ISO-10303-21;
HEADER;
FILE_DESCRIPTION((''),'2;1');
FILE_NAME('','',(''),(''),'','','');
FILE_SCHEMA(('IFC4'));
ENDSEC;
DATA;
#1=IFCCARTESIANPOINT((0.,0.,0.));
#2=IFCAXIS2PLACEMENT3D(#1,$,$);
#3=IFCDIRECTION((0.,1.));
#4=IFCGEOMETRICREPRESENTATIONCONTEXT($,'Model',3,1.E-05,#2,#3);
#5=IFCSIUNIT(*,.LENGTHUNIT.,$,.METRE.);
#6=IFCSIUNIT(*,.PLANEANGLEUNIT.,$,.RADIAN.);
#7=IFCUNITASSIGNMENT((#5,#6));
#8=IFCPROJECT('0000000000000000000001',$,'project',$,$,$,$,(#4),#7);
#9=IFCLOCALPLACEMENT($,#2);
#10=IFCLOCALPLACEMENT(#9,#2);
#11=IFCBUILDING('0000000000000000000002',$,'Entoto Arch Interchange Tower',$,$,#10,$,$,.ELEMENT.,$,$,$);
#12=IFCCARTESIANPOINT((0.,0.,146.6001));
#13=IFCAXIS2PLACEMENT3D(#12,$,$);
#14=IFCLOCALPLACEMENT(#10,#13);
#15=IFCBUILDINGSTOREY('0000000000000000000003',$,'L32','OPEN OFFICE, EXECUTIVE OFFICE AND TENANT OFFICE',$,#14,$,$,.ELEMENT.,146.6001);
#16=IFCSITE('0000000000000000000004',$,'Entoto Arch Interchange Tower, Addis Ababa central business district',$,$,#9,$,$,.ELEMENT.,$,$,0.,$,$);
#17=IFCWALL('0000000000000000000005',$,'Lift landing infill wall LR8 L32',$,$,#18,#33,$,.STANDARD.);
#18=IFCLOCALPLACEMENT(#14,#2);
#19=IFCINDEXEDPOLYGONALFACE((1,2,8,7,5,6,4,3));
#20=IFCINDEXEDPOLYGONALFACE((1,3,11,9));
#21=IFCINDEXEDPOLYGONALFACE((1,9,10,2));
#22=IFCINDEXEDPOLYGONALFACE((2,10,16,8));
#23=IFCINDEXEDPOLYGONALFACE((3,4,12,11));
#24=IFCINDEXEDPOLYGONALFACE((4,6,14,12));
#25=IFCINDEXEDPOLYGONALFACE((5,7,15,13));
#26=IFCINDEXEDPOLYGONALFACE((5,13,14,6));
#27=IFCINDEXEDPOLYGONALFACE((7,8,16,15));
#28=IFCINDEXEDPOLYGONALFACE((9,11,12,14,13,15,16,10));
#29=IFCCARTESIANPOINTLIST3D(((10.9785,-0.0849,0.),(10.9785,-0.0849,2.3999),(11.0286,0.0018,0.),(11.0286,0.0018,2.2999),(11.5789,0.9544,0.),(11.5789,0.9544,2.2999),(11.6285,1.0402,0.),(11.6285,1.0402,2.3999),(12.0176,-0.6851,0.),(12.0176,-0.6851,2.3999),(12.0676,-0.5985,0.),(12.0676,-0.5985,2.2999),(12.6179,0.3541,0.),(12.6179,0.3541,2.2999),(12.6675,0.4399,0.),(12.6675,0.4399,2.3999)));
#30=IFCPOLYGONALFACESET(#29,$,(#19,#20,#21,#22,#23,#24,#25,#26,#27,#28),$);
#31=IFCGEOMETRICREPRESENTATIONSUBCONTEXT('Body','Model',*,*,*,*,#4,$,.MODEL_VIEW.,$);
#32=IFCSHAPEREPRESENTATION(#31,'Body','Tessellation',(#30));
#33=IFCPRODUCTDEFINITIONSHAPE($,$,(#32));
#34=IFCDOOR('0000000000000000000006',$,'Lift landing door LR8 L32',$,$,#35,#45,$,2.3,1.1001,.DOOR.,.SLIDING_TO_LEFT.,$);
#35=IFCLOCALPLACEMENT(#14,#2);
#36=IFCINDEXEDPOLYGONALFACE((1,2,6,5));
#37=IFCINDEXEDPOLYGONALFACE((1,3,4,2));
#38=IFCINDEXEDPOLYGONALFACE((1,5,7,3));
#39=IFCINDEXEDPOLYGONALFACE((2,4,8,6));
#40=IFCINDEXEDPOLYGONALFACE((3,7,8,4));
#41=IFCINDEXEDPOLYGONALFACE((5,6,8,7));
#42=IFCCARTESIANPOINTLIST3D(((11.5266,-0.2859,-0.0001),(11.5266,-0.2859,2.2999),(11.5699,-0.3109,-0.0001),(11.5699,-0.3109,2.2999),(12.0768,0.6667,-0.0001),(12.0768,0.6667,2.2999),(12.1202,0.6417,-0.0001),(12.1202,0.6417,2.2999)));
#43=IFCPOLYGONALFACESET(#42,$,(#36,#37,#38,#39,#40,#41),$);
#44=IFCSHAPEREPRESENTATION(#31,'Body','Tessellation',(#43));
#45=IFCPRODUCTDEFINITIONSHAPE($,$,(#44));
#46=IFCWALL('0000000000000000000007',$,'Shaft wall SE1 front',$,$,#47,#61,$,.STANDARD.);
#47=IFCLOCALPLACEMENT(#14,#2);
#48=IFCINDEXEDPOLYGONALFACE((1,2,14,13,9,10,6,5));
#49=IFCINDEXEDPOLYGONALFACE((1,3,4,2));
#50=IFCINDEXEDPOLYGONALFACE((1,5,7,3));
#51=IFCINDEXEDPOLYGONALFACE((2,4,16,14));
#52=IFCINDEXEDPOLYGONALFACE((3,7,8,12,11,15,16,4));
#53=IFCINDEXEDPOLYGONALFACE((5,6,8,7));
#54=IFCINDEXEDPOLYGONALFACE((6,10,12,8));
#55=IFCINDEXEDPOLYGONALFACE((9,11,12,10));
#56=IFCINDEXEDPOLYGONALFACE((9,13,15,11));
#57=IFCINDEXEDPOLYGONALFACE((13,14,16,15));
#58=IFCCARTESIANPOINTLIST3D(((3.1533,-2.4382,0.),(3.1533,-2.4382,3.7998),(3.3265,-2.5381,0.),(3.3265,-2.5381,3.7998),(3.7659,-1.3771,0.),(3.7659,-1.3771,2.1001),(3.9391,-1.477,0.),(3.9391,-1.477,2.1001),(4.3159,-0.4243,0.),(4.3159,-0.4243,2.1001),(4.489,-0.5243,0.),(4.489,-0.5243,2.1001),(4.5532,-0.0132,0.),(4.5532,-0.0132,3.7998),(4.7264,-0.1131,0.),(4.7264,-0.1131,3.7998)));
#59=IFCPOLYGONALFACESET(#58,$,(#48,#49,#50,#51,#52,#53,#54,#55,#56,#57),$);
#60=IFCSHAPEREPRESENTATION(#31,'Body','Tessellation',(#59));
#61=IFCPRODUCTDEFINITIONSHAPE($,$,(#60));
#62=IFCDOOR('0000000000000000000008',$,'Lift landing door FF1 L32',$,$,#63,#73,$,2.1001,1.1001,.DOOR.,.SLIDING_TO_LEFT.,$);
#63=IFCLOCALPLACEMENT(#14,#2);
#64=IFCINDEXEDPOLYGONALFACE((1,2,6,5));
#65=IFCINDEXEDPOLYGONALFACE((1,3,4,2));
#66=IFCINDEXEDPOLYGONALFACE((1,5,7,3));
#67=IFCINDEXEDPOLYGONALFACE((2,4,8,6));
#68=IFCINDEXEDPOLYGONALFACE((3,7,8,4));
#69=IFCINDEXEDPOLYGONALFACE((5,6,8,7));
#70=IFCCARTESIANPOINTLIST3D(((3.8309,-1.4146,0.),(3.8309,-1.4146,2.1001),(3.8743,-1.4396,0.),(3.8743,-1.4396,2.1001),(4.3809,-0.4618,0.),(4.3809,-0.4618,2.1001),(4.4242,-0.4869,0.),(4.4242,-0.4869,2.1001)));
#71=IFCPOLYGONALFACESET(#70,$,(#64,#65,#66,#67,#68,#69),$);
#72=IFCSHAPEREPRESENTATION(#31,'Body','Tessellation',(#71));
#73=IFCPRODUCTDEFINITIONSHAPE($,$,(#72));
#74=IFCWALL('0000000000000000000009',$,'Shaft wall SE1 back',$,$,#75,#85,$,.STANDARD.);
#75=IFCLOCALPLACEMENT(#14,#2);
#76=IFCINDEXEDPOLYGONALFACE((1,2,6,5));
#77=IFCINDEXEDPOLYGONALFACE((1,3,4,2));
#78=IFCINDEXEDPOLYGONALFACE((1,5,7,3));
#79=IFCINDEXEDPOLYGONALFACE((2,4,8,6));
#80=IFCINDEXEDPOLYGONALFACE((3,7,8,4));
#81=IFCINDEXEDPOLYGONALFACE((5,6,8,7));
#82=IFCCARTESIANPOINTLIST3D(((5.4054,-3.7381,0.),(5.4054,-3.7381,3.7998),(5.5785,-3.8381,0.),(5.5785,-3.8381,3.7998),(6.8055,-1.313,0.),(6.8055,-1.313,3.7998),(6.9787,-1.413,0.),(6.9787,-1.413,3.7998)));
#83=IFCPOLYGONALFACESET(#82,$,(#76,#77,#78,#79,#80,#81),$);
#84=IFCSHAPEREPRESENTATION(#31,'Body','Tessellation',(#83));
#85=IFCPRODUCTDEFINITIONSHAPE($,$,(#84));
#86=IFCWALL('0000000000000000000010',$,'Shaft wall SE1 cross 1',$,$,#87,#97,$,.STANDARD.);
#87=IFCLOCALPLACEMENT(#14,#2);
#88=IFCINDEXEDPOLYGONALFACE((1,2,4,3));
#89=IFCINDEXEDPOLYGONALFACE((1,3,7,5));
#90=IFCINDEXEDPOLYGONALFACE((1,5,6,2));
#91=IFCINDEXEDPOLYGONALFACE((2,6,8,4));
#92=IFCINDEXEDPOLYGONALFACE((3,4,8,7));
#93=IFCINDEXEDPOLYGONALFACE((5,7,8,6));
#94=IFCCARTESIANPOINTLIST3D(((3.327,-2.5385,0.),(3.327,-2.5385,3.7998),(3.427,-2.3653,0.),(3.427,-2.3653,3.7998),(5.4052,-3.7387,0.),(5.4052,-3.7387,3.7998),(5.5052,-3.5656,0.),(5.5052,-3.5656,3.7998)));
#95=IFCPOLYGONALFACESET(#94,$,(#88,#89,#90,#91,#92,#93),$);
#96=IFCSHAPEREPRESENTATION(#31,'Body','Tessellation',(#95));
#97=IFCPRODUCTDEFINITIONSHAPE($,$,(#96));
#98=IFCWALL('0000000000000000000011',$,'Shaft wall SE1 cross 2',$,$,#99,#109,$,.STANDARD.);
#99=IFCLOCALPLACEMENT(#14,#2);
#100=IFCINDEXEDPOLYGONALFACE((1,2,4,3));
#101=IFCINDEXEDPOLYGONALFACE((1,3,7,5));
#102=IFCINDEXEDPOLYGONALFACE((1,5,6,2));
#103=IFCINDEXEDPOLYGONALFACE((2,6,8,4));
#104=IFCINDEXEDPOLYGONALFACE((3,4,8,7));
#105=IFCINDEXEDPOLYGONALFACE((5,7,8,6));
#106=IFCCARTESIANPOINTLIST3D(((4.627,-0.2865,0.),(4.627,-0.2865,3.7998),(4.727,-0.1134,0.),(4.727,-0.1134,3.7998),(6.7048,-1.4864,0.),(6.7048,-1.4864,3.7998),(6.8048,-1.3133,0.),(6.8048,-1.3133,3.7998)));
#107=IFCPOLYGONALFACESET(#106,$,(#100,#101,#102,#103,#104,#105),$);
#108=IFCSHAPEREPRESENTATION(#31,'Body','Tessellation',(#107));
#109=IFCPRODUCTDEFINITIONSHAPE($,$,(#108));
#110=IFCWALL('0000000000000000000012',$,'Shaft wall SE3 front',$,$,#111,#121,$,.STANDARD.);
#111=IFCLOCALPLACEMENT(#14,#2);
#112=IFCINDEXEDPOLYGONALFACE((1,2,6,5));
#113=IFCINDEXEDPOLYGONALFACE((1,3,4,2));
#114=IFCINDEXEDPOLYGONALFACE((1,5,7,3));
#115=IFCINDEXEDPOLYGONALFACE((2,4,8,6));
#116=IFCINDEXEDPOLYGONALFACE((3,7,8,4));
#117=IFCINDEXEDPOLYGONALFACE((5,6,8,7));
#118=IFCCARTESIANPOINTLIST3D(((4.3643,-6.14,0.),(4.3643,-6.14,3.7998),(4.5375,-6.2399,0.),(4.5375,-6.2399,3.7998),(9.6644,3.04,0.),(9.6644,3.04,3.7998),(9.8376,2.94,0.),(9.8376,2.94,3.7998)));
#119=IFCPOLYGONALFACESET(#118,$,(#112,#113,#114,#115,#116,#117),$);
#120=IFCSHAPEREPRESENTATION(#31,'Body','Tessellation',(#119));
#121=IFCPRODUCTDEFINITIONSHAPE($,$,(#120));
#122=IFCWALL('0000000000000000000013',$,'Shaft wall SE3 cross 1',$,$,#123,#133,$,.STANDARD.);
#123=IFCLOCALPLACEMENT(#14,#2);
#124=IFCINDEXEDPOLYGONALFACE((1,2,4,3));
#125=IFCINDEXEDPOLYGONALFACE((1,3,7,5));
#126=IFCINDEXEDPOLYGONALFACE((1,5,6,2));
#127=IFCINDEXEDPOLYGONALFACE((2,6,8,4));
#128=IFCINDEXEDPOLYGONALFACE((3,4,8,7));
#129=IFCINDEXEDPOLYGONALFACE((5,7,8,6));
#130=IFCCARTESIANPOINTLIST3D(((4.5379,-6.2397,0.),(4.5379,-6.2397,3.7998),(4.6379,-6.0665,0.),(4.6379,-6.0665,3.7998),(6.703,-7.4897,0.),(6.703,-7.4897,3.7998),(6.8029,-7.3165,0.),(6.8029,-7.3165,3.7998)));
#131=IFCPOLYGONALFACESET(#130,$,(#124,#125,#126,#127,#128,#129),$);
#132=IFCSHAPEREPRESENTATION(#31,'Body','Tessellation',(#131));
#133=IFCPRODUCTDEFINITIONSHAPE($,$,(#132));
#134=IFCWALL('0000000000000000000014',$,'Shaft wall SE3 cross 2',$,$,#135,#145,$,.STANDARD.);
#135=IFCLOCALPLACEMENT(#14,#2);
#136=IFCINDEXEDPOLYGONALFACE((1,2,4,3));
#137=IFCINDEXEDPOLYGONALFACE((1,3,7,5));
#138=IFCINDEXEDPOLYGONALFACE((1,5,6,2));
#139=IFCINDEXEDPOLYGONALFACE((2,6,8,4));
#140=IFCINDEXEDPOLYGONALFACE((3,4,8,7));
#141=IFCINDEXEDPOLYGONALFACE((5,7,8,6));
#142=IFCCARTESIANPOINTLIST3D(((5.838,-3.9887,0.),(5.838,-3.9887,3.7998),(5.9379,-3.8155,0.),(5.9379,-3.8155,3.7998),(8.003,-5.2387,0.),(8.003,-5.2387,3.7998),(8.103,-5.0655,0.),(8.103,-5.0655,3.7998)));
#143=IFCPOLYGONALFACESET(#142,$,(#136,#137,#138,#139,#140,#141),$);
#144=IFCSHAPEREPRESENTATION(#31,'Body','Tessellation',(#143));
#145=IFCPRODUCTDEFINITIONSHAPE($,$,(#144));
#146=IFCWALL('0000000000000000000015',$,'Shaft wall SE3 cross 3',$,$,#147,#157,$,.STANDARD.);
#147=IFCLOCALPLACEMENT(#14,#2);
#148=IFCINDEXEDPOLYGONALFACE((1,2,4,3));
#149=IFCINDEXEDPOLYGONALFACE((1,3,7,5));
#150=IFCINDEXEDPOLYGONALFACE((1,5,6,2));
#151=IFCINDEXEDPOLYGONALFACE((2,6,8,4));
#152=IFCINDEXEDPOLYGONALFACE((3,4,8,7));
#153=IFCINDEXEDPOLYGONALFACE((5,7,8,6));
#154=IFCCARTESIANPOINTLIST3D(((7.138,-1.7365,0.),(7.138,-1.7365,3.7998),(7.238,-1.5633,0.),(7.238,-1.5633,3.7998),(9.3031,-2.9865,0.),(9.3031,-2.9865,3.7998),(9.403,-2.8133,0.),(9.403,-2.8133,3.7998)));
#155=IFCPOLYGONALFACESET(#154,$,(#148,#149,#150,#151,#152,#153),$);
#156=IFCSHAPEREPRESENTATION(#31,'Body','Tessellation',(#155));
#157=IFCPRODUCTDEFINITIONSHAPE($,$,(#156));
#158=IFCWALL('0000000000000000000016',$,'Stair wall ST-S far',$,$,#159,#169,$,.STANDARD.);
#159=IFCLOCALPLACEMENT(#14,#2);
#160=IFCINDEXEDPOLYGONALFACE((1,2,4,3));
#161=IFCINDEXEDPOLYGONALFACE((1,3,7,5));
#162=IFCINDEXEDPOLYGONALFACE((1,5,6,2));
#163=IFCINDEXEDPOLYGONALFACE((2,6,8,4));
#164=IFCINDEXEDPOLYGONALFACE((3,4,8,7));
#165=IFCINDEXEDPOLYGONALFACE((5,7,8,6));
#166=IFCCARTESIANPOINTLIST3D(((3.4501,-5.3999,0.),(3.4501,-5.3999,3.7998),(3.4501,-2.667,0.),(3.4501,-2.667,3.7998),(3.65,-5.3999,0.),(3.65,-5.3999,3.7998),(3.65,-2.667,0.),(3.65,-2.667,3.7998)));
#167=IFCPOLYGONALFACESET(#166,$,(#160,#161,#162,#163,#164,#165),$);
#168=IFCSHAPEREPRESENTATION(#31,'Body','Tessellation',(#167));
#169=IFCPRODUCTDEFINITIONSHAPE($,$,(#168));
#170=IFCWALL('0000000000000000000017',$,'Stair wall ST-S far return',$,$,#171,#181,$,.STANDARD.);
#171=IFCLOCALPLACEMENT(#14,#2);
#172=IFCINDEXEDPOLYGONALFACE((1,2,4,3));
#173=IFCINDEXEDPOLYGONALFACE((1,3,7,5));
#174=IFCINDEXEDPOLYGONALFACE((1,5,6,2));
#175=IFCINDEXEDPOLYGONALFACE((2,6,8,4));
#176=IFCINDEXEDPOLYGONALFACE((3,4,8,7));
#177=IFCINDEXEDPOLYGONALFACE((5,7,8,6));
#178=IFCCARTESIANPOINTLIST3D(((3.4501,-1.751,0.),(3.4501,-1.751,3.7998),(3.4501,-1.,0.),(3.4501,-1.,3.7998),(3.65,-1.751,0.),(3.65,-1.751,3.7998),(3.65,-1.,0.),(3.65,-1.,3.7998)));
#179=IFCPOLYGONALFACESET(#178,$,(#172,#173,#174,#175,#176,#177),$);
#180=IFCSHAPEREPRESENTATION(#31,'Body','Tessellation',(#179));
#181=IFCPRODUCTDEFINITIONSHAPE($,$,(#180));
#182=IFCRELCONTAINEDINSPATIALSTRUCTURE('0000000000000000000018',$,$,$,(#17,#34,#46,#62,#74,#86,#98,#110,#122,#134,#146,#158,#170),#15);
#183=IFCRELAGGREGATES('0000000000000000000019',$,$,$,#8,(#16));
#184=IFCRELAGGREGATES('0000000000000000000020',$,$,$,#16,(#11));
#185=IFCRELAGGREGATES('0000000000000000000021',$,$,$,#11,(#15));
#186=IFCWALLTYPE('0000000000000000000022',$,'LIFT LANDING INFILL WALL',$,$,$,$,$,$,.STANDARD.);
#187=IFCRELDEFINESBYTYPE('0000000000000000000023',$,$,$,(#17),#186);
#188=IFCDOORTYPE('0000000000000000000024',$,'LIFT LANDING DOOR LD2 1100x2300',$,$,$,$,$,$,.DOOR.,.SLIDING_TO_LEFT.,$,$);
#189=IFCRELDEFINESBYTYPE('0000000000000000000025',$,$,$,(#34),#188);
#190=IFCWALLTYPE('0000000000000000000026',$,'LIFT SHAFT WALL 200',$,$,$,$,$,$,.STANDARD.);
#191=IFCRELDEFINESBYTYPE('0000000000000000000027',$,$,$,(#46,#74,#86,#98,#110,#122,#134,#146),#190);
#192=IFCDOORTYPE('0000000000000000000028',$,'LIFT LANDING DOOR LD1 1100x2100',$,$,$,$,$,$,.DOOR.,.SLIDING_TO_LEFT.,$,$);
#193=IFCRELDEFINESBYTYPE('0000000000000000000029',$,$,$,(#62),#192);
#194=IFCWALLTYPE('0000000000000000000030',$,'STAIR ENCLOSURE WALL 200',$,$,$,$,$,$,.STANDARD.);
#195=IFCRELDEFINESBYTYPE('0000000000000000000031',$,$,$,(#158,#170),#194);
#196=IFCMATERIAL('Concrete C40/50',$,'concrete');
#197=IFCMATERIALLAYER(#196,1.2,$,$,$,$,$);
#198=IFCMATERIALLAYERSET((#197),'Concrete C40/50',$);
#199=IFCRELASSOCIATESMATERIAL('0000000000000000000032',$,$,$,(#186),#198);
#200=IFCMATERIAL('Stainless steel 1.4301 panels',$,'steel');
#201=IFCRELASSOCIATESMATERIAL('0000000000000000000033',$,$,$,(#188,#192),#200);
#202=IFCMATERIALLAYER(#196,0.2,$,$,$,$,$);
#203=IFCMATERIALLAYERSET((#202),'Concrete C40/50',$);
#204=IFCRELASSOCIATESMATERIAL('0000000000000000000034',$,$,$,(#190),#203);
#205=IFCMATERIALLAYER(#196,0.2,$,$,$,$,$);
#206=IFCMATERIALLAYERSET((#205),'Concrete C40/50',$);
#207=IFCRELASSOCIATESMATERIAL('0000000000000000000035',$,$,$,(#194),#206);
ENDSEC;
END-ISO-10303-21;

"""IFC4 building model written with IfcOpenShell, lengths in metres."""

from ifc_helpers import new_model, si_unit, direction, frame, frame_2d, origin, place, context, subcontext, project, spatial, rectangle, extrude, material, layer, layer_set, type_object, element, fill, save


model = new_model("IFC4")

# Units and contexts
model_context = context("Model", 3, precision=1e-05, world=origin(), true_north=direction((0.0, 1.0)))
body_context = subcontext(model_context, "Body", "Model", "MODEL_VIEW")
ifc_project = project(units=[si_unit("LENGTHUNIT", "METRE"), si_unit("PLANEANGLEUNIT", "RADIAN")], contexts=[model_context])

# Site, building, storey
site_placement = place(None, origin())
site = spatial("IfcSite", under=ifc_project, at=site_placement, Name="Entoto Arch Interchange Tower, Addis Ababa central business district", CompositionType="ELEMENT", RefElevation=0.0)
building_placement = place(site_placement, origin())
building = spatial("IfcBuilding", under=site, at=building_placement, Name="Entoto Arch Interchange Tower", CompositionType="ELEMENT")
storey_placement = place(building_placement, frame((0.0, 0.0, 146.6001)))
storey = spatial("IfcBuildingStorey", under=building, at=storey_placement, Name="L32", Description="OPEN OFFICE, EXECUTIVE OFFICE AND TENANT OFFICE", CompositionType="ELEMENT", Elevation=146.6001)

# Walls, openings, doors
ifc_material_1 = material(Name="Concrete C40/50", Category="concrete")
ifc_layer_1 = layer(ifc_material_1, 1.2)
ifc_layer_set_1 = layer_set([ifc_layer_1], Name="Concrete C40/50")
wall_type_1 = type_object("IfcWallType", Name="LIFT LANDING INFILL WALL", PredefinedType="STANDARD", material=ifc_layer_set_1)
ifc_material_2 = material(Name="Stainless steel 1.4301 panels", Category="steel")
door_type_1 = type_object("IfcDoorType", Name="LIFT LANDING DOOR LD2 1100x2300", OperationType="SLIDING_TO_LEFT", PredefinedType="DOOR", material=ifc_material_2)
wall_1_placement = place(storey_placement, frame((11.498, -0.385, 0.0), z_axis=(0.0, 0.0, 1.0), x_axis=(0.500221, 0.865898, 0.0)))
wall_1 = element("IfcWall", 1, at=wall_1_placement, inside=storey, type_object=wall_type_1, Name="Lift landing infill wall LR8 L32", PredefinedType="STANDARD", context=body_context, shape_type="SweptSolid", body=[
    extrude(rectangle(XDim=1.2993, YDim=1.2, at=frame_2d((0.6497, 0.0))), origin(), (0.0, 0.0, 1.0), 2.3999),
])
opening_1_placement = place(wall_1_placement, frame((0.1001, 0.0, 0.0)))
opening_1 = element("IfcOpeningElement", 2, at=opening_1_placement, cuts=wall_1, PredefinedType="OPENING", context=body_context, shape_type="SweptSolid", body=[
    extrude(rectangle(XDim=1.1001, YDim=2.3, at=frame_2d((0.55, 1.1499))), frame((0.0, 0.6099, 0.0), z_axis=(0.0, -1.0, 0.0), x_axis=(1.0, 0.0, 0.0)), (0.0, 0.0, 1.0), 1.22),
])
door_1_placement = place(opening_1_placement, origin())
door_1 = element("IfcDoor", 3, at=door_1_placement, inside=storey, type_object=door_type_1, Name="Lift landing door LR8 L32", OperationType="SLIDING_TO_LEFT", OverallHeight=2.3, OverallWidth=1.1001, PredefinedType="DOOR", context=body_context, shape_type="SweptSolid", body=[
    extrude(rectangle(XDim=1.1001, YDim=2.3, at=frame_2d((0.55, 1.1499))), frame((0.0, 0.0249, 0.0), z_axis=(0.0, -1.0, 0.0), x_axis=(1.0, 0.0, 0.0)), (0.0, 0.0, 1.0), 0.05),
])
fill(opening_1, door_1)
ifc_layer_2 = layer(ifc_material_1, 0.2)
ifc_layer_set_2 = layer_set([ifc_layer_2], Name="Concrete C40/50")
wall_type_2 = type_object("IfcWallType", Name="LIFT SHAFT WALL 200", PredefinedType="STANDARD", material=ifc_layer_set_2)
wall_2_placement = place(storey_placement, frame((3.24, -2.488, 0.0), z_axis=(0.0, 0.0, 1.0), x_axis=(0.499946, 0.866056, 0.0)))
wall_2 = element("IfcWall", 4, at=wall_2_placement, inside=storey, type_object=wall_type_2, Name="Shaft wall SE1 front", PredefinedType="STANDARD", context=body_context, shape_type="SweptSolid", body=[
    extrude(rectangle(XDim=2.8, YDim=0.2, at=frame_2d((1.3999, 0.0))), origin(), (0.0, 0.0, 1.0), 3.7998),
])
opening_2_placement = place(wall_2_placement, frame((1.2251, 0.0, 0.0)))
opening_2 = element("IfcOpeningElement", 5, at=opening_2_placement, cuts=wall_2, PredefinedType="OPENING", context=body_context, shape_type="SweptSolid", body=[
    extrude(rectangle(XDim=1.1001, YDim=2.1001, at=frame_2d((0.55, 1.05))), frame((0.0, 0.1099, 0.0), z_axis=(0.0, -1.0, 0.0), x_axis=(1.0, 0.0, 0.0)), (0.0, 0.0, 1.0), 0.22),
])
door_type_2 = type_object("IfcDoorType", Name="LIFT LANDING DOOR LD1 1100x2100", OperationType="SLIDING_TO_LEFT", PredefinedType="DOOR", material=ifc_material_2)
door_2_placement = place(opening_2_placement, origin())
door_2 = element("IfcDoor", 6, at=door_2_placement, inside=storey, type_object=door_type_2, Name="Lift landing door FF1 L32", OperationType="SLIDING_TO_LEFT", OverallHeight=2.1001, OverallWidth=1.1001, PredefinedType="DOOR", context=body_context, shape_type="SweptSolid", body=[
    extrude(rectangle(XDim=1.1001, YDim=2.1001, at=frame_2d((0.55, 1.05))), frame((0.0, 0.0249, 0.0), z_axis=(0.0, -1.0, 0.0), x_axis=(1.0, 0.0, 0.0)), (0.0, 0.0, 1.0), 0.05),
])
fill(opening_2, door_2)

# Walls
wall_3_placement = place(storey_placement, frame((5.4919, -3.7881, 0.0), z_axis=(0.0, 0.0, 1.0), x_axis=(0.500012, 0.866019, 0.0)))
element("IfcWall", 7, at=wall_3_placement, inside=storey, type_object=wall_type_2, Name="Shaft wall SE1 back", PredefinedType="STANDARD", context=body_context, shape_type="SweptSolid", body=[
    extrude(rectangle(XDim=2.8003, YDim=0.2, at=frame_2d((1.4001, 0.0))), origin(), (0.0, 0.0, 1.0), 3.7998),
])
wall_4_placement = place(storey_placement, frame((3.377, -2.4519, 0.0), z_axis=(0.0, 0.0, 1.0), x_axis=(0.865955, -0.500122, 0.0)))
element("IfcWall", 8, at=wall_4_placement, inside=storey, type_object=wall_type_2, Name="Shaft wall SE1 cross 1", PredefinedType="STANDARD", context=body_context, shape_type="SweptSolid", body=[
    extrude(rectangle(XDim=2.3999, YDim=0.2, at=frame_2d((1.2, 0.0))), origin(), (0.0, 0.0, 1.0), 3.7998),
])
wall_5_placement = place(storey_placement, frame((4.677, -0.2, 0.0), z_axis=(0.0, 0.0, 1.0), x_axis=(0.865974, -0.500089, 0.0)))
element("IfcWall", 9, at=wall_5_placement, inside=storey, type_object=wall_type_2, Name="Shaft wall SE1 cross 2", PredefinedType="STANDARD", context=body_context, shape_type="SweptSolid", body=[
    extrude(rectangle(XDim=2.3994, YDim=0.2, at=frame_2d((1.1997, 0.0))), origin(), (0.0, 0.0, 1.0), 3.7998),
])
wall_6_placement = place(storey_placement, frame((4.4509, -6.1899, 0.0), z_axis=(0.0, 0.0, 1.0), x_axis=(0.500001, 0.866025, 0.0)))
element("IfcWall", 10, at=wall_6_placement, inside=storey, type_object=wall_type_2, Name="Shaft wall SE3 front", PredefinedType="STANDARD", context=body_context, shape_type="SweptSolid", body=[
    extrude(rectangle(XDim=10.6001, YDim=0.2, at=frame_2d((5.3, 0.0))), origin(), (0.0, 0.0, 1.0), 3.7998),
])
for number, where, z_axis, x_axis, name in (
    (11, (4.5879, -6.1531, 0.0), (0.0, 0.0, 1.0), (0.866023, -0.500004, 0.0), "Shaft wall SE3 cross 1"),
    (12, (5.8879, -3.9021, 0.0), (0.0, 0.0, 1.0), (0.866023, -0.500004, 0.0), "Shaft wall SE3 cross 2"),
    (13, (7.188, -1.6499, 0.0), (0.0, 0.0, 1.0), (0.866023, -0.500004, 0.0), "Shaft wall SE3 cross 3"),
):
    element("IfcWall", number, at=place(storey_placement, frame(where, z_axis=z_axis, x_axis=x_axis)), inside=storey, type_object=wall_type_2, Name=name, PredefinedType="STANDARD", context=body_context, shape_type="SweptSolid", body=[
        extrude(rectangle(XDim=2.5, YDim=0.2, at=frame_2d((1.25, 0.0))), origin(), (0.0, 0.0, 1.0), 3.7998),
    ])
ifc_layer_3 = layer(ifc_material_1, 0.2)
ifc_layer_set_3 = layer_set([ifc_layer_3], Name="Concrete C40/50")
wall_type_3 = type_object("IfcWallType", Name="STAIR ENCLOSURE WALL 200", PredefinedType="STANDARD", material=ifc_layer_set_3)
wall_7_placement = place(storey_placement, frame((3.55, -2.667, 0.0), z_axis=(0.0, 0.0, 1.0), x_axis=(0.0, -1.0, 0.0)))
element("IfcWall", 14, at=wall_7_placement, inside=storey, type_object=wall_type_3, Name="Stair wall ST-S far", PredefinedType="STANDARD", context=body_context, shape_type="SweptSolid", body=[
    extrude(rectangle(XDim=2.7329, YDim=0.2, at=frame_2d((1.3665, 0.0))), origin(), (0.0, 0.0, 1.0), 3.7998),
])
wall_8_placement = place(storey_placement, frame((3.55, -1.0, 0.0), z_axis=(0.0, 0.0, 1.0), x_axis=(0.0, -1.0, 0.0)))
element("IfcWall", 15, at=wall_8_placement, inside=storey, type_object=wall_type_3, Name="Stair wall ST-S far return", PredefinedType="STANDARD", context=body_context, shape_type="SweptSolid", body=[
    extrude(rectangle(XDim=0.751, YDim=0.2, at=frame_2d((0.3755, 0.0))), origin(), (0.0, 0.0, 1.0), 3.7998),
])

save(model, "model.ifc")
